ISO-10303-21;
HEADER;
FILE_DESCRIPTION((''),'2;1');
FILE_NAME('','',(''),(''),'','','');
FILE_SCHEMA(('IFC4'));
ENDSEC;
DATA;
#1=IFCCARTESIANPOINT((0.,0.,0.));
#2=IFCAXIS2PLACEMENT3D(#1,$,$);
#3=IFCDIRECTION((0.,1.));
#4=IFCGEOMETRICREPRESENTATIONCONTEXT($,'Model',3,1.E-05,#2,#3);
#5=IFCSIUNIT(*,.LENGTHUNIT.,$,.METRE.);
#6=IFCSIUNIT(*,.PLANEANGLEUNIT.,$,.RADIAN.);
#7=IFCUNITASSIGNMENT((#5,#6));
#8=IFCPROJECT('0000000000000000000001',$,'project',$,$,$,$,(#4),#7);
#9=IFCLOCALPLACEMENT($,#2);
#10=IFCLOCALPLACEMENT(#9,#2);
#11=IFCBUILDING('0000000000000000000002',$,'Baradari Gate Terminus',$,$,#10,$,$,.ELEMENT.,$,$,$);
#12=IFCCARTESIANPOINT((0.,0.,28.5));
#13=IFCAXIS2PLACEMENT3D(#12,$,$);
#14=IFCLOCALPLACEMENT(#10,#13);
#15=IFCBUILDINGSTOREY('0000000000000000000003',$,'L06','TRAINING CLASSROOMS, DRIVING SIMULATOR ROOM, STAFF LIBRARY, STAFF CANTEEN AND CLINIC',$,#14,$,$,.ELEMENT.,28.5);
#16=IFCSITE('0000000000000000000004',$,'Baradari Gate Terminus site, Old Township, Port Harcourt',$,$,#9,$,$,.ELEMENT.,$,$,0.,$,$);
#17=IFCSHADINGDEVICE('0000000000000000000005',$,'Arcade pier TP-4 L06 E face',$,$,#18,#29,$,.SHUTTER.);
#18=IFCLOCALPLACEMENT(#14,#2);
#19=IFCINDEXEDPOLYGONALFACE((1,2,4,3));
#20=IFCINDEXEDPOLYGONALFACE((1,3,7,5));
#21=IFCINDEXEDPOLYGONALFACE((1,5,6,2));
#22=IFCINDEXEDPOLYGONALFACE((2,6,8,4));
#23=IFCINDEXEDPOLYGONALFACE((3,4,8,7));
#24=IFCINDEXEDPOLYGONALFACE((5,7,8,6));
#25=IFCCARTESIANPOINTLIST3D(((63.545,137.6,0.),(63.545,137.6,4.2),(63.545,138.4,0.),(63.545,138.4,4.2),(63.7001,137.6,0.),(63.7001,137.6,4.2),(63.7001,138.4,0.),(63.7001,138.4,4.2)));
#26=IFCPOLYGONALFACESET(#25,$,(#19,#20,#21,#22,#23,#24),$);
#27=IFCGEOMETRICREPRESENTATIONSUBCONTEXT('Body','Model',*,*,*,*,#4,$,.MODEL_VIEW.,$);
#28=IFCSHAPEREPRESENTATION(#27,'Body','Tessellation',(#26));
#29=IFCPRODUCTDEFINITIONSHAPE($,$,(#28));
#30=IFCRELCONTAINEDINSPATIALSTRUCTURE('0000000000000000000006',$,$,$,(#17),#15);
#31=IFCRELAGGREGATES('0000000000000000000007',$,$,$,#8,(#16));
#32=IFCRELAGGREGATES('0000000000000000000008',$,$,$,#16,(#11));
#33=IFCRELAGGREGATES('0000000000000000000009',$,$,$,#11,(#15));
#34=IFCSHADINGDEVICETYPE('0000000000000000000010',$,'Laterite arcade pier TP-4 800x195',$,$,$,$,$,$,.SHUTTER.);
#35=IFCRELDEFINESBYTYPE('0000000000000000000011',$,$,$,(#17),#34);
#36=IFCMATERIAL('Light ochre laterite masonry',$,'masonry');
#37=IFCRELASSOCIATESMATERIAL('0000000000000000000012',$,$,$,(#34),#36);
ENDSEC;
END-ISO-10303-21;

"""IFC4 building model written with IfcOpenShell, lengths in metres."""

from ifc_helpers import new_model, si_unit, direction, frame, origin, origin_2d, place, context, subcontext, project, spatial, rectangle, extrude, material, type_object, element, save


model = new_model("IFC4")

# Units and contexts
model_context = context("Model", 3, precision=1e-05, world=origin(), true_north=direction((0.0, 1.0)))
body_context = subcontext(model_context, "Body", "Model", "MODEL_VIEW")
ifc_project = project(units=[si_unit("LENGTHUNIT", "METRE"), si_unit("PLANEANGLEUNIT", "RADIAN")], contexts=[model_context])

# Site, building, storey
site_placement = place(None, origin())
site = spatial("IfcSite", under=ifc_project, at=site_placement, Name="Baradari Gate Terminus site, Old Township, Port Harcourt", CompositionType="ELEMENT", RefElevation=0.0)
building_placement = place(site_placement, origin())
building = spatial("IfcBuilding", under=site, at=building_placement, Name="Baradari Gate Terminus", CompositionType="ELEMENT")
storey_placement = place(building_placement, frame((0.0, 0.0, 28.5)))
storey = spatial("IfcBuildingStorey", under=building, at=storey_placement, Name="L06", Description="TRAINING CLASSROOMS, DRIVING SIMULATOR ROOM, STAFF LIBRARY, STAFF CANTEEN AND CLINIC", CompositionType="ELEMENT", Elevation=28.5)

# Shading device
ifc_material_1 = material(Name="Light ochre laterite masonry", Category="masonry")
shading_device_type = type_object("IfcShadingDeviceType", Name="Laterite arcade pier TP-4 800x195", PredefinedType="SHUTTER", material=ifc_material_1)
for number, where, z_axis, x_axis, name in (
    (1, (63.6226, 138.0, 0.0), (0.0, 0.0, 1.0), (0.0, 1.0, 0.0), "Arcade pier TP-4 L06 E face"),
):
    element("IfcShadingDevice", number, at=place(storey_placement, frame(where, z_axis=z_axis, x_axis=x_axis)), inside=storey, type_object=shading_device_type, Name=name, PredefinedType="SHUTTER", context=body_context, shape_type="SweptSolid", body=[
        extrude(rectangle(XDim=0.8, YDim=0.155, at=origin_2d()), origin(), (0.0, 0.0, 1.0), 4.2),
    ])

save(model, "model.ifc")
